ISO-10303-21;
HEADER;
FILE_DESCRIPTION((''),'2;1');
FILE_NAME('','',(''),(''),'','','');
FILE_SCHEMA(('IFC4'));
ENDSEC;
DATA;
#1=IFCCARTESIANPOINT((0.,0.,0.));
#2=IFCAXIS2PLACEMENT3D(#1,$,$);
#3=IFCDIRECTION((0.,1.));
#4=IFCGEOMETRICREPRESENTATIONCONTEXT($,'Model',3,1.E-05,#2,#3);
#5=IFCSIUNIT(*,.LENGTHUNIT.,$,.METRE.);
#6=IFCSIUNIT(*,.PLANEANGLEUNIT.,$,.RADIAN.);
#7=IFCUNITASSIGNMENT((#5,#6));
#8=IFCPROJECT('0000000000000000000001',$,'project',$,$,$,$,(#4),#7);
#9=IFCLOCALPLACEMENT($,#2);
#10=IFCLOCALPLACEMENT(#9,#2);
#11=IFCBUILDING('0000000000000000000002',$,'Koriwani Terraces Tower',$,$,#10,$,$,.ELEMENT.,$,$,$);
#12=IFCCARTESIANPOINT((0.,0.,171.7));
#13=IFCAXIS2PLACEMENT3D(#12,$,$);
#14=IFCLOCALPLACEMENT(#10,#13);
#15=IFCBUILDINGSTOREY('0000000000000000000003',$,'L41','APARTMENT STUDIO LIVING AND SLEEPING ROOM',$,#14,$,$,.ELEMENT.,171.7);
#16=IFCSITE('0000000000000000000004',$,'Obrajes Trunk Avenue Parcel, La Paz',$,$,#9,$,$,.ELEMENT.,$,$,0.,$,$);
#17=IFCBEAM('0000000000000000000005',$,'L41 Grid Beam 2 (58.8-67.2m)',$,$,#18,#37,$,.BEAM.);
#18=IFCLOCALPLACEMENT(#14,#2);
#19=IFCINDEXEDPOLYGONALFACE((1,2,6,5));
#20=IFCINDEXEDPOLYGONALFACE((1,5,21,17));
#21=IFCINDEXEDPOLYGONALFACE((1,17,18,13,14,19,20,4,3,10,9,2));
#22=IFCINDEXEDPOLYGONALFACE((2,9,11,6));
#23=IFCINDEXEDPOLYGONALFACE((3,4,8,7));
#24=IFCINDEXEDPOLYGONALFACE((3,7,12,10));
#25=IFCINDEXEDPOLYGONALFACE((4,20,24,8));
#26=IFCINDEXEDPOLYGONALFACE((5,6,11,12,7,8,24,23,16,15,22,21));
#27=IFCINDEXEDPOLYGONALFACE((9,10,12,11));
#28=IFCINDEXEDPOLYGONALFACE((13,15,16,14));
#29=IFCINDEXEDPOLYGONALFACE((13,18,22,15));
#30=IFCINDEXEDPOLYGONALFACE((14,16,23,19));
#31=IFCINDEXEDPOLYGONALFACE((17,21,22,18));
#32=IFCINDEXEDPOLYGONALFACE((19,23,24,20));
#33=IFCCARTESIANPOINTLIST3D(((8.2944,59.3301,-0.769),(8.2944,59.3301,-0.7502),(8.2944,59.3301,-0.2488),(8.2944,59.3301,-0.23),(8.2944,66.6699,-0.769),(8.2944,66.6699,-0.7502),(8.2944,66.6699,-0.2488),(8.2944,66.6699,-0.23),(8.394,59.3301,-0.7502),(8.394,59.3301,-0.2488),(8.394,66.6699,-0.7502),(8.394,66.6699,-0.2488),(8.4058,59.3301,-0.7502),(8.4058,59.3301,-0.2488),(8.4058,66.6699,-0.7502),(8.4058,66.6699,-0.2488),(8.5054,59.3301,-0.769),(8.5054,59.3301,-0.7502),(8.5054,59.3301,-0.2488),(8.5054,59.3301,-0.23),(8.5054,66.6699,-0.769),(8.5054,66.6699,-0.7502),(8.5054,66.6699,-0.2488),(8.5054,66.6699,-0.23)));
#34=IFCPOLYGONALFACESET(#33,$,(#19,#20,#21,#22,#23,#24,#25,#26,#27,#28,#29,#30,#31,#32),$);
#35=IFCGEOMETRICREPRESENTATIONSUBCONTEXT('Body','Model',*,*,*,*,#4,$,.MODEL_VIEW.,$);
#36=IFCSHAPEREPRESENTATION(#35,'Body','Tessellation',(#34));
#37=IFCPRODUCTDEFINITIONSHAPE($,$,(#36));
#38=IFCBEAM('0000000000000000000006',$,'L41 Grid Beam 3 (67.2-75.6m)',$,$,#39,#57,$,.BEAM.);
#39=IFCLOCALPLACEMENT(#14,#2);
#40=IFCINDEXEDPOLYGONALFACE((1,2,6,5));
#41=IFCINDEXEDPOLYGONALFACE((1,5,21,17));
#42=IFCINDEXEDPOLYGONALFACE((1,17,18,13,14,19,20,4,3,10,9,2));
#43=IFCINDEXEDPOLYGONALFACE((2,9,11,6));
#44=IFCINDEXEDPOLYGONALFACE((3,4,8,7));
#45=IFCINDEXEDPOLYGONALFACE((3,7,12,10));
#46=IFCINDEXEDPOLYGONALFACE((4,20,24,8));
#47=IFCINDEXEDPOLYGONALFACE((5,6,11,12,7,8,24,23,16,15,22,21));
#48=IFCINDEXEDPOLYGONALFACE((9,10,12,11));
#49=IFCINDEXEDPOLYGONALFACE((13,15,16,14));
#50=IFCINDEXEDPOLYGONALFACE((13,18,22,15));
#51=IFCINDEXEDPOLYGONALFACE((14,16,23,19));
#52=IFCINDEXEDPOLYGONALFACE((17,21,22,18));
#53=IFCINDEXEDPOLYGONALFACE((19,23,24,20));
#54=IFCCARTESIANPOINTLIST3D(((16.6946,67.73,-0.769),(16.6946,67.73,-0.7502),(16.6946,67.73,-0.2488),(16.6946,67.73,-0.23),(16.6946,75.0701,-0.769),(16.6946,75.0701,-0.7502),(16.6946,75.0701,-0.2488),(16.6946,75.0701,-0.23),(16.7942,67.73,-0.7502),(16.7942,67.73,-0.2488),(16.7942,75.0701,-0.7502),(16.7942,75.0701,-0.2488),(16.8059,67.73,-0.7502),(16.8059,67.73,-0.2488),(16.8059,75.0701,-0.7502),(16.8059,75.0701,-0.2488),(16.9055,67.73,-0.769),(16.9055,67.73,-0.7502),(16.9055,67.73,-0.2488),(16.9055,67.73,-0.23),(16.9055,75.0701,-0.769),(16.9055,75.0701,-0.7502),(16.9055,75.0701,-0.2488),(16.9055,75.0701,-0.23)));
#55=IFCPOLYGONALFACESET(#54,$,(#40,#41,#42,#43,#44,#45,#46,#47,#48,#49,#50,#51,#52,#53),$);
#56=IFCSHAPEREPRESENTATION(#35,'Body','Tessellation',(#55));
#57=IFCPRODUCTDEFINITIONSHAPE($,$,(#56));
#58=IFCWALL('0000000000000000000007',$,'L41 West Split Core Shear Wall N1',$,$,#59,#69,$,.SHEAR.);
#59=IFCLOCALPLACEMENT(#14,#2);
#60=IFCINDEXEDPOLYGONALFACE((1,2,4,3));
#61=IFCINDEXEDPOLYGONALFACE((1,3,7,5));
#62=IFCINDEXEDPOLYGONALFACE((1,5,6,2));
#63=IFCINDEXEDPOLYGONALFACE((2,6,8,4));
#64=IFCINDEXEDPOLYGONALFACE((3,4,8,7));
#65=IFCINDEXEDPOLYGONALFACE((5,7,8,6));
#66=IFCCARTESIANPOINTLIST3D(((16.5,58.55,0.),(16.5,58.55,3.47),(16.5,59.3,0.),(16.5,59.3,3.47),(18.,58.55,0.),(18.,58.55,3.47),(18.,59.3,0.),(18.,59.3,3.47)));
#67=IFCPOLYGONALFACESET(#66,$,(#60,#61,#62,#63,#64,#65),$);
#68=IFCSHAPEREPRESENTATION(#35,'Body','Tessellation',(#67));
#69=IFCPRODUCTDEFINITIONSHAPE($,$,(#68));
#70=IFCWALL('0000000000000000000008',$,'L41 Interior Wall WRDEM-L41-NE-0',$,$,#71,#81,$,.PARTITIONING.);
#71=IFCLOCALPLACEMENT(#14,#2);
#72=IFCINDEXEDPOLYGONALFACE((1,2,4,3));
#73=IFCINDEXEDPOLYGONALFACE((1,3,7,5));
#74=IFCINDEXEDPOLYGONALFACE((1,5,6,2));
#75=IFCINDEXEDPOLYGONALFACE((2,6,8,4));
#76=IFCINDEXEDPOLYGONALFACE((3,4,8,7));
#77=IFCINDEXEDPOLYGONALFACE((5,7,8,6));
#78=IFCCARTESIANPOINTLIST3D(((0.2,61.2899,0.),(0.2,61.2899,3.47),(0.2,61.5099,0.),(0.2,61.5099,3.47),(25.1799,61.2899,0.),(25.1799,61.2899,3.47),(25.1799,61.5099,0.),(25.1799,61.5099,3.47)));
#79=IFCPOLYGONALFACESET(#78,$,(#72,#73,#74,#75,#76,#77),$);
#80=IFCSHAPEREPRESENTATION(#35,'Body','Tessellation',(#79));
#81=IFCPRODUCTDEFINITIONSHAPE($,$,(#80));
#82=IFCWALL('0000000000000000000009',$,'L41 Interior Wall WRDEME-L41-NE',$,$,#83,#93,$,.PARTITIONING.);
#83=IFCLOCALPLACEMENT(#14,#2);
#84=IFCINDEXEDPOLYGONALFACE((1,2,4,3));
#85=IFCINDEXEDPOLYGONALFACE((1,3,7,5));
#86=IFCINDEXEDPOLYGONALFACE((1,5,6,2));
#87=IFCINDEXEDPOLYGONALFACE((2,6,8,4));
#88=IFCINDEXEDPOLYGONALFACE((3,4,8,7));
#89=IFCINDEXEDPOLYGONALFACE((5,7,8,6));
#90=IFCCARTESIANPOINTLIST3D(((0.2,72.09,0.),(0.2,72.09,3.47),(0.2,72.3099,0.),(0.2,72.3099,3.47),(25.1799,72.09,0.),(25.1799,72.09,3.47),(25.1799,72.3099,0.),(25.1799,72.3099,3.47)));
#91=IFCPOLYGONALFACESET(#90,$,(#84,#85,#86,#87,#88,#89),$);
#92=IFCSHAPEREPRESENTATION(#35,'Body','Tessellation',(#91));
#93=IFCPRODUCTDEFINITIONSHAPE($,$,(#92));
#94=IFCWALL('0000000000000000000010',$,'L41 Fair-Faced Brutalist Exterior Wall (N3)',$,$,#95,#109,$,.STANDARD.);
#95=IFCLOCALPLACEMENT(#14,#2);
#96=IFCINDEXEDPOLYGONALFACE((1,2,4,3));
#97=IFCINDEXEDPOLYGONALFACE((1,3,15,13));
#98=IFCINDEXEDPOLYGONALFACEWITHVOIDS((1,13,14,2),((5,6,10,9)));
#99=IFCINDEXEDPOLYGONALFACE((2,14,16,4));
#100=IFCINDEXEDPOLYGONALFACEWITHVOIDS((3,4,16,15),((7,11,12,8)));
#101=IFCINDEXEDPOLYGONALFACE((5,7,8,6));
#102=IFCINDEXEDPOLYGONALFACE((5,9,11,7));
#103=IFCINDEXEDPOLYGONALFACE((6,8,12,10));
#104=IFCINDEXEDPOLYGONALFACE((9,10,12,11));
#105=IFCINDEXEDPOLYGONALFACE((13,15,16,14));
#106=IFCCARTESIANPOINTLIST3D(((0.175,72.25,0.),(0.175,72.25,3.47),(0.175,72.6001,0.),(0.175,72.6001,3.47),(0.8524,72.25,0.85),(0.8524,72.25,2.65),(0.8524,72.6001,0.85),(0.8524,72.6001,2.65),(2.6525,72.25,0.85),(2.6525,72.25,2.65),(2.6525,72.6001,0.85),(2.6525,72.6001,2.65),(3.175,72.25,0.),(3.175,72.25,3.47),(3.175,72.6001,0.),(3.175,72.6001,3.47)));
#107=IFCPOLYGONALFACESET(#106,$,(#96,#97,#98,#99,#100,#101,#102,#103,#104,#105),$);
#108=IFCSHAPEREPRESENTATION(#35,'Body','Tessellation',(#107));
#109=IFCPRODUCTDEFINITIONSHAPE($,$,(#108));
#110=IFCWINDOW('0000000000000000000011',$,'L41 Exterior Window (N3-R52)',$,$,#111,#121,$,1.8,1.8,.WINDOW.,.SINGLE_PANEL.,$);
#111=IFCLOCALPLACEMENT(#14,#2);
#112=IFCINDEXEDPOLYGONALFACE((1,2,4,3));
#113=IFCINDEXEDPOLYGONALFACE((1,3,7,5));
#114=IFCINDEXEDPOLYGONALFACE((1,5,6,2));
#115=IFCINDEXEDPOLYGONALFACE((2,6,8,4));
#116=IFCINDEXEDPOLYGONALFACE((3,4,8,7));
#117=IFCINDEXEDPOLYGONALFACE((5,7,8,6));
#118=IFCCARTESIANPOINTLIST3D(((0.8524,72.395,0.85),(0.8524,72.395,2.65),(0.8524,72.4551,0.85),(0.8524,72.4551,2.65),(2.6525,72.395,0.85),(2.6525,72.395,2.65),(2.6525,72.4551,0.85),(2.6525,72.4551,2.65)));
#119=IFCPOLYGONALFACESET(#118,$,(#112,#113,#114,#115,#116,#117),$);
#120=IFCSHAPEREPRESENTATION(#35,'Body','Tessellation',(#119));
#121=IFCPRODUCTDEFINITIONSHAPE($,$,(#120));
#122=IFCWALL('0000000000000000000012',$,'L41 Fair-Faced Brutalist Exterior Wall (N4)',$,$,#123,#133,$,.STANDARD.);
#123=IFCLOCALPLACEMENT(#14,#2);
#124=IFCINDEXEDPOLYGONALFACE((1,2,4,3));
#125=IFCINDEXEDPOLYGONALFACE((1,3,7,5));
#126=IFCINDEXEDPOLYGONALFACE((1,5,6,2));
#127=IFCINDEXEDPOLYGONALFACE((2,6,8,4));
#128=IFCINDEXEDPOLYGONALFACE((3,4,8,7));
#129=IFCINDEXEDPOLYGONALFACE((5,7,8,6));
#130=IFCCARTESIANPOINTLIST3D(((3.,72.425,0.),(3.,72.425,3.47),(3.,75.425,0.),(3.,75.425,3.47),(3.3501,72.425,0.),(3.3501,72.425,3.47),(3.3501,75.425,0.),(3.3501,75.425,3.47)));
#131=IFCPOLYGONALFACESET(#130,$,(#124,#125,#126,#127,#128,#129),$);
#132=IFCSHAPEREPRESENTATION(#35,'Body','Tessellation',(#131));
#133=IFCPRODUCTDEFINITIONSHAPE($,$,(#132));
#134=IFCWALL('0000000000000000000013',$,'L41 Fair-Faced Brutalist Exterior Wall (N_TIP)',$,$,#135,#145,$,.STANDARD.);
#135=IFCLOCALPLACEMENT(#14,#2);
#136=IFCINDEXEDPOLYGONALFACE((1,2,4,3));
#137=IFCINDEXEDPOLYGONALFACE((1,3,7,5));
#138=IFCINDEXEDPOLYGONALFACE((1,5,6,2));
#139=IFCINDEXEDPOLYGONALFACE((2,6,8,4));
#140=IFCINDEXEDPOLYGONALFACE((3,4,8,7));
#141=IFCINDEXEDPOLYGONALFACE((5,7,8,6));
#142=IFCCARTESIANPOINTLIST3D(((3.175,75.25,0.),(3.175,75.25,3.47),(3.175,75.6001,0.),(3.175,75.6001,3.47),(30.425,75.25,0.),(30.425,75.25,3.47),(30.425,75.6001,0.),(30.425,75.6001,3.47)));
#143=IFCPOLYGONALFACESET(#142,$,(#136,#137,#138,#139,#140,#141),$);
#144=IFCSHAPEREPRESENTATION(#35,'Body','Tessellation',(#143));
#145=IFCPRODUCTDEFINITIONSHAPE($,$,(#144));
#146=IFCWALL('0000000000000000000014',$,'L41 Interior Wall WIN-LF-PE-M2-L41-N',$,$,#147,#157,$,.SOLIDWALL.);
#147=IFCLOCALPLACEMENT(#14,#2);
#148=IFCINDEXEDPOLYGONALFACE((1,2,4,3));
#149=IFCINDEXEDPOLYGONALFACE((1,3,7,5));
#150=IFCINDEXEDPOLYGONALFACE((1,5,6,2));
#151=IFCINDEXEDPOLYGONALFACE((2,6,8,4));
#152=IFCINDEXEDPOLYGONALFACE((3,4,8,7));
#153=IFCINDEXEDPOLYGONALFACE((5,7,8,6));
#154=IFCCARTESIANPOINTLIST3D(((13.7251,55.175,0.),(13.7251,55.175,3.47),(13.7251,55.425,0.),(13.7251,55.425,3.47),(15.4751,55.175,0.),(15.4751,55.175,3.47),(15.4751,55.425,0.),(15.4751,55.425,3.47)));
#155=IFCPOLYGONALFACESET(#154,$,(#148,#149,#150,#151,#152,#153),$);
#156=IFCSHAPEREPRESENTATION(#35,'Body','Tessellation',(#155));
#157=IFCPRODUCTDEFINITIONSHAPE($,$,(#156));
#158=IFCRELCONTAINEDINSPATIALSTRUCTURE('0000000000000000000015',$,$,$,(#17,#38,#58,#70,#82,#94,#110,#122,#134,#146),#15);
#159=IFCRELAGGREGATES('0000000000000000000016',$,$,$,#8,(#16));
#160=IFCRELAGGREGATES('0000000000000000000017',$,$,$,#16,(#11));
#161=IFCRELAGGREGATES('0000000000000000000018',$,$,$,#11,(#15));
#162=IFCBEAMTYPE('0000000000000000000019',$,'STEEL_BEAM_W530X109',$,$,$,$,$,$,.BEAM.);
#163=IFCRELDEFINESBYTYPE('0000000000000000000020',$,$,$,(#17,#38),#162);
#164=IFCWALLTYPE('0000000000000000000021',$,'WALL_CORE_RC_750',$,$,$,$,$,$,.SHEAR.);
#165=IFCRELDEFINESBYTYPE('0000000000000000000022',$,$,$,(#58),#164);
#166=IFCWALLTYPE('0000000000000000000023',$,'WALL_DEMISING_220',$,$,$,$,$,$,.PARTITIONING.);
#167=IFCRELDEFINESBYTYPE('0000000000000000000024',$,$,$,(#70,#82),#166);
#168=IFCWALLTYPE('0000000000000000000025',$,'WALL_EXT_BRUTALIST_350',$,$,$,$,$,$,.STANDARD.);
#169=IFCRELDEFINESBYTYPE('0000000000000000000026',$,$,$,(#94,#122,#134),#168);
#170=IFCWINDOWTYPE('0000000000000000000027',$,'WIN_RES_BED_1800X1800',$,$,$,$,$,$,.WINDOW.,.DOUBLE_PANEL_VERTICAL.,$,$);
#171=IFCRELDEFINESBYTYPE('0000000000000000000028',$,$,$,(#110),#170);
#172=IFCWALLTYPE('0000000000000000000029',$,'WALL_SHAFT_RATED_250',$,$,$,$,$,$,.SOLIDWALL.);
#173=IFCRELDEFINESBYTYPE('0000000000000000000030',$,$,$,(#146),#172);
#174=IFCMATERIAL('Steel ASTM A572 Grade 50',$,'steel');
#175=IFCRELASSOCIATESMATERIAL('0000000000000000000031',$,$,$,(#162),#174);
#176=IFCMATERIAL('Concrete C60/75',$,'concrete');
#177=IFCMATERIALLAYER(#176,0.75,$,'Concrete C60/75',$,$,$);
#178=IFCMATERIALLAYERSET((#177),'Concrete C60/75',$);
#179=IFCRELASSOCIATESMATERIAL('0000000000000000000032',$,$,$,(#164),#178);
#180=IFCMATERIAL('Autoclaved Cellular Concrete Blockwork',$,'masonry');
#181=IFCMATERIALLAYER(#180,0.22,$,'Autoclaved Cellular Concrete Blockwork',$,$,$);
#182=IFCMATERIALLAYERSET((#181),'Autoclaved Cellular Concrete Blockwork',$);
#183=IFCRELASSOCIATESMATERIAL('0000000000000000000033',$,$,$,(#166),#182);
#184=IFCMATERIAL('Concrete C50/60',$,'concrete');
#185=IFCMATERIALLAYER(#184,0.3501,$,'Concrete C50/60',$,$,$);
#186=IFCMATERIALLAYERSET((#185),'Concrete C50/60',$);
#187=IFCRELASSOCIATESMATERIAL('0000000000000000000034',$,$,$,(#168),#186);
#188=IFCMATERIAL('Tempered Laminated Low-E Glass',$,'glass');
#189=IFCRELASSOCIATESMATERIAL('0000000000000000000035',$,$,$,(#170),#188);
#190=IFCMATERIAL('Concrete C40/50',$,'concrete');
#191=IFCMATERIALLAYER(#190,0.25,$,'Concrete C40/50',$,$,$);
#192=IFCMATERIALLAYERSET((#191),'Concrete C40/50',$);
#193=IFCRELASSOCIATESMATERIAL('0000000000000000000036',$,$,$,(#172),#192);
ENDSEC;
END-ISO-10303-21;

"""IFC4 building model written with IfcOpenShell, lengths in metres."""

from ifc_helpers import new_model, si_unit, direction, frame, frame_2d, origin, origin_2d, place, context, subcontext, project, spatial, rectangle, i_section, extrude, material, layer, layer_set, material_profile, profile_set, type_object, element, fill, save


model = new_model("IFC4")

# Units and contexts
model_context = context("Model", 3, precision=1e-05, world=origin(), true_north=direction((0.0, 1.0)))
body_context = subcontext(model_context, "Body", "Model", "MODEL_VIEW")
ifc_project = project(units=[si_unit("LENGTHUNIT", "METRE"), si_unit("PLANEANGLEUNIT", "RADIAN")], contexts=[model_context])

# Site, building, storey
site_placement = place(None, origin())
site = spatial("IfcSite", under=ifc_project, at=site_placement, Name="Obrajes Trunk Avenue Parcel, La Paz", CompositionType="ELEMENT", RefElevation=0.0)
building_placement = place(site_placement, origin())
building = spatial("IfcBuilding", under=site, at=building_placement, Name="Koriwani Terraces Tower", CompositionType="ELEMENT")
storey_placement = place(building_placement, frame((0.0, 0.0, 171.7)))
storey = spatial("IfcBuildingStorey", under=building, at=storey_placement, Name="L41", Description="APARTMENT STUDIO LIVING AND SLEEPING ROOM", CompositionType="ELEMENT", Elevation=171.7)

# Shared definitions
ifc_material_1 = material(Name="Concrete C50/60", Category="concrete")

# Beams
ifc_material_2 = material(Name="Concrete C40/50", Category="concrete")
ifc_material_3 = material(Name="Steel ASTM A572 Grade 50", Category="steel")
ifc_material_profile_1 = material_profile(ifc_material_3, i_section(OverallWidth=0.2109, OverallDepth=0.5391, WebThickness=0.0117, FlangeThickness=0.0188, at=origin_2d()), Name="Steel ASTM A572 Grade 50", Category="LoadBearing")
ifc_profile_set_1 = profile_set([ifc_material_profile_1], Name="Steel ASTM A572 Grade 50")
beam_type_1 = type_object("IfcBeamType", Name="STEEL_BEAM_W530X109", PredefinedType="BEAM", material=ifc_profile_set_1)
beam_1_placement = place(storey_placement, frame((8.3999, 59.3301, -0.4995), z_axis=(0.0, 1.0, 0.0), x_axis=(-1.0, 0.0, 0.0)))
element("IfcBeam", 1, at=beam_1_placement, inside=storey, type_object=beam_type_1, Name="L41 Grid Beam 2 (58.8-67.2m)", PredefinedType="BEAM", context=body_context, shape_type="SweptSolid", body=[
    extrude(i_section(OverallWidth=0.2109, OverallDepth=0.5391, WebThickness=0.0117, FlangeThickness=0.0188, at=origin_2d()), origin(), (0.0, 0.0, 1.0), 7.3398),
])
beam_2_placement = place(storey_placement, frame((16.8, 67.73, -0.4995), z_axis=(0.0, 1.0, 0.0), x_axis=(-1.0, 0.0, 0.0)))
element("IfcBeam", 2, at=beam_2_placement, inside=storey, type_object=beam_type_1, Name="L41 Grid Beam 3 (67.2-75.6m)", PredefinedType="BEAM", context=body_context, shape_type="SweptSolid", body=[
    extrude(i_section(OverallWidth=0.2109, OverallDepth=0.5391, WebThickness=0.0117, FlangeThickness=0.0188, at=origin_2d()), origin(), (0.0, 0.0, 1.0), 7.3401),
])

# Walls
ifc_material_4 = material(Name="Concrete C60/75", Category="concrete")
ifc_layer_1 = layer(ifc_material_4, 0.75, Name="Concrete C60/75")
ifc_layer_set_1 = layer_set([ifc_layer_1], Name="Concrete C60/75")
wall_type_1 = type_object("IfcWallType", Name="WALL_CORE_RC_750", PredefinedType="SHEAR", material=ifc_layer_set_1)
wall_1_placement = place(storey_placement, frame((16.5, 58.925, 0.0), z_axis=(0.0, 0.0, 1.0), x_axis=(1.0, 0.0, 0.0)))
element("IfcWall", 3, at=wall_1_placement, inside=storey, type_object=wall_type_1, Name="L41 West Split Core Shear Wall N1", PredefinedType="SHEAR", context=body_context, shape_type="SweptSolid", body=[
    extrude(rectangle(XDim=1.5, YDim=0.75, at=frame_2d((0.75, 0.0))), origin(), (0.0, 0.0, 1.0), 3.47),
])
ifc_material_5 = material(Name="Autoclaved Cellular Concrete Blockwork", Category="masonry")
ifc_layer_2 = layer(ifc_material_5, 0.22, Name="Autoclaved Cellular Concrete Blockwork")
ifc_layer_set_2 = layer_set([ifc_layer_2], Name="Autoclaved Cellular Concrete Blockwork")
wall_type_2 = type_object("IfcWallType", Name="WALL_DEMISING_220", PredefinedType="PARTITIONING", material=ifc_layer_set_2)
for number, where, z_axis, x_axis, name in (
    (4, (0.2, 61.3999, 0.0), (0.0, 0.0, 1.0), (1.0, 0.0, 0.0), "L41 Interior Wall WRDEM-L41-NE-0"),
    (5, (0.2, 72.2, 0.0), (0.0, 0.0, 1.0), (1.0, 0.0, 0.0), "L41 Interior Wall WRDEME-L41-NE"),
):
    element("IfcWall", number, at=place(storey_placement, frame(where, z_axis=z_axis, x_axis=x_axis)), inside=storey, type_object=wall_type_2, Name=name, PredefinedType="PARTITIONING", context=body_context, shape_type="SweptSolid", body=[
        extrude(rectangle(XDim=24.98, YDim=0.22, at=frame_2d((12.49, 0.0))), origin(), (0.0, 0.0, 1.0), 3.47),
    ])

# Wall, opening, window
ifc_layer_3 = layer(ifc_material_1, 0.3501, Name="Concrete C50/60")
ifc_layer_set_3 = layer_set([ifc_layer_3], Name="Concrete C50/60")
wall_type_3 = type_object("IfcWallType", Name="WALL_EXT_BRUTALIST_350", PredefinedType="STANDARD", material=ifc_layer_set_3)
wall_2_placement = place(storey_placement, frame((0.175, 72.425, 0.0), z_axis=(0.0, 0.0, 1.0), x_axis=(1.0, 0.0, 0.0)))
wall_2 = element("IfcWall", 6, at=wall_2_placement, inside=storey, type_object=wall_type_3, Name="L41 Fair-Faced Brutalist Exterior Wall (N3)", PredefinedType="STANDARD", context=body_context, shape_type="SweptSolid", body=[
    extrude(rectangle(XDim=3.0, YDim=0.3501, at=frame_2d((1.5, 0.0))), origin(), (0.0, 0.0, 1.0), 3.47),
])
opening_placement = place(wall_2_placement, frame((0.6775, 0.0, 0.8501)))
opening = element("IfcOpeningElement", 7, at=opening_placement, cuts=wall_2, PredefinedType="OPENING", context=body_context, shape_type="SweptSolid", body=[
    extrude(rectangle(XDim=1.8, YDim=1.8, at=frame_2d((0.8999, 0.8999))), frame((0.0, 0.1851, 0.0), z_axis=(0.0, -1.0, 0.0), x_axis=(1.0, 0.0, 0.0)), (0.0, 0.0, 1.0), 0.3701),
])
ifc_material_6 = material(Name="Tempered Laminated Low-E Glass", Category="glass")
window_type = type_object("IfcWindowType", Name="WIN_RES_BED_1800X1800", PartitioningType="DOUBLE_PANEL_VERTICAL", PredefinedType="WINDOW", material=ifc_material_6)
window_placement = place(opening_placement, origin())
window = element("IfcWindow", 8, at=window_placement, inside=storey, type_object=window_type, Name="L41 Exterior Window (N3-R52)", OverallHeight=1.8, OverallWidth=1.8, PartitioningType="SINGLE_PANEL", PredefinedType="WINDOW", context=body_context, shape_type="SweptSolid", body=[
    extrude(rectangle(XDim=1.8, YDim=1.8, at=frame_2d((0.8999, 0.8999))), frame((0.0, 0.03, 0.0), z_axis=(0.0, -1.0, 0.0), x_axis=(1.0, 0.0, 0.0)), (0.0, 0.0, 1.0), 0.0601),
])
fill(opening, window)

# Walls
wall_3_placement = place(storey_placement, frame((3.175, 72.425, 0.0), z_axis=(0.0, 0.0, 1.0), x_axis=(0.0, 1.0, 0.0)))
element("IfcWall", 9, at=wall_3_placement, inside=storey, type_object=wall_type_3, Name="L41 Fair-Faced Brutalist Exterior Wall (N4)", PredefinedType="STANDARD", context=body_context, shape_type="SweptSolid", body=[
    extrude(rectangle(XDim=3.0, YDim=0.3501, at=frame_2d((1.5, 0.0))), origin(), (0.0, 0.0, 1.0), 3.47),
])
wall_4_placement = place(storey_placement, frame((3.175, 75.425, 0.0), z_axis=(0.0, 0.0, 1.0), x_axis=(1.0, 0.0, 0.0)))
element("IfcWall", 10, at=wall_4_placement, inside=storey, type_object=wall_type_3, Name="L41 Fair-Faced Brutalist Exterior Wall (N_TIP)", PredefinedType="STANDARD", context=body_context, shape_type="SweptSolid", body=[
    extrude(rectangle(XDim=27.25, YDim=0.3501, at=frame_2d((13.625, 0.0))), origin(), (0.0, 0.0, 1.0), 3.47),
])
ifc_layer_4 = layer(ifc_material_2, 0.25, Name="Concrete C40/50")
ifc_layer_set_4 = layer_set([ifc_layer_4], Name="Concrete C40/50")
wall_type_4 = type_object("IfcWallType", Name="WALL_SHAFT_RATED_250", PredefinedType="SOLIDWALL", material=ifc_layer_set_4)
wall_5_placement = place(storey_placement, frame((13.7251, 55.3, 0.0), z_axis=(0.0, 0.0, 1.0), x_axis=(1.0, 0.0, 0.0)))
element("IfcWall", 11, at=wall_5_placement, inside=storey, type_object=wall_type_4, Name="L41 Interior Wall WIN-LF-PE-M2-L41-N", PredefinedType="SOLIDWALL", context=body_context, shape_type="SweptSolid", body=[
    extrude(rectangle(XDim=1.75, YDim=0.25, at=frame_2d((0.875, 0.0))), origin(), (0.0, 0.0, 1.0), 3.47),
])

save(model, "model.ifc")
